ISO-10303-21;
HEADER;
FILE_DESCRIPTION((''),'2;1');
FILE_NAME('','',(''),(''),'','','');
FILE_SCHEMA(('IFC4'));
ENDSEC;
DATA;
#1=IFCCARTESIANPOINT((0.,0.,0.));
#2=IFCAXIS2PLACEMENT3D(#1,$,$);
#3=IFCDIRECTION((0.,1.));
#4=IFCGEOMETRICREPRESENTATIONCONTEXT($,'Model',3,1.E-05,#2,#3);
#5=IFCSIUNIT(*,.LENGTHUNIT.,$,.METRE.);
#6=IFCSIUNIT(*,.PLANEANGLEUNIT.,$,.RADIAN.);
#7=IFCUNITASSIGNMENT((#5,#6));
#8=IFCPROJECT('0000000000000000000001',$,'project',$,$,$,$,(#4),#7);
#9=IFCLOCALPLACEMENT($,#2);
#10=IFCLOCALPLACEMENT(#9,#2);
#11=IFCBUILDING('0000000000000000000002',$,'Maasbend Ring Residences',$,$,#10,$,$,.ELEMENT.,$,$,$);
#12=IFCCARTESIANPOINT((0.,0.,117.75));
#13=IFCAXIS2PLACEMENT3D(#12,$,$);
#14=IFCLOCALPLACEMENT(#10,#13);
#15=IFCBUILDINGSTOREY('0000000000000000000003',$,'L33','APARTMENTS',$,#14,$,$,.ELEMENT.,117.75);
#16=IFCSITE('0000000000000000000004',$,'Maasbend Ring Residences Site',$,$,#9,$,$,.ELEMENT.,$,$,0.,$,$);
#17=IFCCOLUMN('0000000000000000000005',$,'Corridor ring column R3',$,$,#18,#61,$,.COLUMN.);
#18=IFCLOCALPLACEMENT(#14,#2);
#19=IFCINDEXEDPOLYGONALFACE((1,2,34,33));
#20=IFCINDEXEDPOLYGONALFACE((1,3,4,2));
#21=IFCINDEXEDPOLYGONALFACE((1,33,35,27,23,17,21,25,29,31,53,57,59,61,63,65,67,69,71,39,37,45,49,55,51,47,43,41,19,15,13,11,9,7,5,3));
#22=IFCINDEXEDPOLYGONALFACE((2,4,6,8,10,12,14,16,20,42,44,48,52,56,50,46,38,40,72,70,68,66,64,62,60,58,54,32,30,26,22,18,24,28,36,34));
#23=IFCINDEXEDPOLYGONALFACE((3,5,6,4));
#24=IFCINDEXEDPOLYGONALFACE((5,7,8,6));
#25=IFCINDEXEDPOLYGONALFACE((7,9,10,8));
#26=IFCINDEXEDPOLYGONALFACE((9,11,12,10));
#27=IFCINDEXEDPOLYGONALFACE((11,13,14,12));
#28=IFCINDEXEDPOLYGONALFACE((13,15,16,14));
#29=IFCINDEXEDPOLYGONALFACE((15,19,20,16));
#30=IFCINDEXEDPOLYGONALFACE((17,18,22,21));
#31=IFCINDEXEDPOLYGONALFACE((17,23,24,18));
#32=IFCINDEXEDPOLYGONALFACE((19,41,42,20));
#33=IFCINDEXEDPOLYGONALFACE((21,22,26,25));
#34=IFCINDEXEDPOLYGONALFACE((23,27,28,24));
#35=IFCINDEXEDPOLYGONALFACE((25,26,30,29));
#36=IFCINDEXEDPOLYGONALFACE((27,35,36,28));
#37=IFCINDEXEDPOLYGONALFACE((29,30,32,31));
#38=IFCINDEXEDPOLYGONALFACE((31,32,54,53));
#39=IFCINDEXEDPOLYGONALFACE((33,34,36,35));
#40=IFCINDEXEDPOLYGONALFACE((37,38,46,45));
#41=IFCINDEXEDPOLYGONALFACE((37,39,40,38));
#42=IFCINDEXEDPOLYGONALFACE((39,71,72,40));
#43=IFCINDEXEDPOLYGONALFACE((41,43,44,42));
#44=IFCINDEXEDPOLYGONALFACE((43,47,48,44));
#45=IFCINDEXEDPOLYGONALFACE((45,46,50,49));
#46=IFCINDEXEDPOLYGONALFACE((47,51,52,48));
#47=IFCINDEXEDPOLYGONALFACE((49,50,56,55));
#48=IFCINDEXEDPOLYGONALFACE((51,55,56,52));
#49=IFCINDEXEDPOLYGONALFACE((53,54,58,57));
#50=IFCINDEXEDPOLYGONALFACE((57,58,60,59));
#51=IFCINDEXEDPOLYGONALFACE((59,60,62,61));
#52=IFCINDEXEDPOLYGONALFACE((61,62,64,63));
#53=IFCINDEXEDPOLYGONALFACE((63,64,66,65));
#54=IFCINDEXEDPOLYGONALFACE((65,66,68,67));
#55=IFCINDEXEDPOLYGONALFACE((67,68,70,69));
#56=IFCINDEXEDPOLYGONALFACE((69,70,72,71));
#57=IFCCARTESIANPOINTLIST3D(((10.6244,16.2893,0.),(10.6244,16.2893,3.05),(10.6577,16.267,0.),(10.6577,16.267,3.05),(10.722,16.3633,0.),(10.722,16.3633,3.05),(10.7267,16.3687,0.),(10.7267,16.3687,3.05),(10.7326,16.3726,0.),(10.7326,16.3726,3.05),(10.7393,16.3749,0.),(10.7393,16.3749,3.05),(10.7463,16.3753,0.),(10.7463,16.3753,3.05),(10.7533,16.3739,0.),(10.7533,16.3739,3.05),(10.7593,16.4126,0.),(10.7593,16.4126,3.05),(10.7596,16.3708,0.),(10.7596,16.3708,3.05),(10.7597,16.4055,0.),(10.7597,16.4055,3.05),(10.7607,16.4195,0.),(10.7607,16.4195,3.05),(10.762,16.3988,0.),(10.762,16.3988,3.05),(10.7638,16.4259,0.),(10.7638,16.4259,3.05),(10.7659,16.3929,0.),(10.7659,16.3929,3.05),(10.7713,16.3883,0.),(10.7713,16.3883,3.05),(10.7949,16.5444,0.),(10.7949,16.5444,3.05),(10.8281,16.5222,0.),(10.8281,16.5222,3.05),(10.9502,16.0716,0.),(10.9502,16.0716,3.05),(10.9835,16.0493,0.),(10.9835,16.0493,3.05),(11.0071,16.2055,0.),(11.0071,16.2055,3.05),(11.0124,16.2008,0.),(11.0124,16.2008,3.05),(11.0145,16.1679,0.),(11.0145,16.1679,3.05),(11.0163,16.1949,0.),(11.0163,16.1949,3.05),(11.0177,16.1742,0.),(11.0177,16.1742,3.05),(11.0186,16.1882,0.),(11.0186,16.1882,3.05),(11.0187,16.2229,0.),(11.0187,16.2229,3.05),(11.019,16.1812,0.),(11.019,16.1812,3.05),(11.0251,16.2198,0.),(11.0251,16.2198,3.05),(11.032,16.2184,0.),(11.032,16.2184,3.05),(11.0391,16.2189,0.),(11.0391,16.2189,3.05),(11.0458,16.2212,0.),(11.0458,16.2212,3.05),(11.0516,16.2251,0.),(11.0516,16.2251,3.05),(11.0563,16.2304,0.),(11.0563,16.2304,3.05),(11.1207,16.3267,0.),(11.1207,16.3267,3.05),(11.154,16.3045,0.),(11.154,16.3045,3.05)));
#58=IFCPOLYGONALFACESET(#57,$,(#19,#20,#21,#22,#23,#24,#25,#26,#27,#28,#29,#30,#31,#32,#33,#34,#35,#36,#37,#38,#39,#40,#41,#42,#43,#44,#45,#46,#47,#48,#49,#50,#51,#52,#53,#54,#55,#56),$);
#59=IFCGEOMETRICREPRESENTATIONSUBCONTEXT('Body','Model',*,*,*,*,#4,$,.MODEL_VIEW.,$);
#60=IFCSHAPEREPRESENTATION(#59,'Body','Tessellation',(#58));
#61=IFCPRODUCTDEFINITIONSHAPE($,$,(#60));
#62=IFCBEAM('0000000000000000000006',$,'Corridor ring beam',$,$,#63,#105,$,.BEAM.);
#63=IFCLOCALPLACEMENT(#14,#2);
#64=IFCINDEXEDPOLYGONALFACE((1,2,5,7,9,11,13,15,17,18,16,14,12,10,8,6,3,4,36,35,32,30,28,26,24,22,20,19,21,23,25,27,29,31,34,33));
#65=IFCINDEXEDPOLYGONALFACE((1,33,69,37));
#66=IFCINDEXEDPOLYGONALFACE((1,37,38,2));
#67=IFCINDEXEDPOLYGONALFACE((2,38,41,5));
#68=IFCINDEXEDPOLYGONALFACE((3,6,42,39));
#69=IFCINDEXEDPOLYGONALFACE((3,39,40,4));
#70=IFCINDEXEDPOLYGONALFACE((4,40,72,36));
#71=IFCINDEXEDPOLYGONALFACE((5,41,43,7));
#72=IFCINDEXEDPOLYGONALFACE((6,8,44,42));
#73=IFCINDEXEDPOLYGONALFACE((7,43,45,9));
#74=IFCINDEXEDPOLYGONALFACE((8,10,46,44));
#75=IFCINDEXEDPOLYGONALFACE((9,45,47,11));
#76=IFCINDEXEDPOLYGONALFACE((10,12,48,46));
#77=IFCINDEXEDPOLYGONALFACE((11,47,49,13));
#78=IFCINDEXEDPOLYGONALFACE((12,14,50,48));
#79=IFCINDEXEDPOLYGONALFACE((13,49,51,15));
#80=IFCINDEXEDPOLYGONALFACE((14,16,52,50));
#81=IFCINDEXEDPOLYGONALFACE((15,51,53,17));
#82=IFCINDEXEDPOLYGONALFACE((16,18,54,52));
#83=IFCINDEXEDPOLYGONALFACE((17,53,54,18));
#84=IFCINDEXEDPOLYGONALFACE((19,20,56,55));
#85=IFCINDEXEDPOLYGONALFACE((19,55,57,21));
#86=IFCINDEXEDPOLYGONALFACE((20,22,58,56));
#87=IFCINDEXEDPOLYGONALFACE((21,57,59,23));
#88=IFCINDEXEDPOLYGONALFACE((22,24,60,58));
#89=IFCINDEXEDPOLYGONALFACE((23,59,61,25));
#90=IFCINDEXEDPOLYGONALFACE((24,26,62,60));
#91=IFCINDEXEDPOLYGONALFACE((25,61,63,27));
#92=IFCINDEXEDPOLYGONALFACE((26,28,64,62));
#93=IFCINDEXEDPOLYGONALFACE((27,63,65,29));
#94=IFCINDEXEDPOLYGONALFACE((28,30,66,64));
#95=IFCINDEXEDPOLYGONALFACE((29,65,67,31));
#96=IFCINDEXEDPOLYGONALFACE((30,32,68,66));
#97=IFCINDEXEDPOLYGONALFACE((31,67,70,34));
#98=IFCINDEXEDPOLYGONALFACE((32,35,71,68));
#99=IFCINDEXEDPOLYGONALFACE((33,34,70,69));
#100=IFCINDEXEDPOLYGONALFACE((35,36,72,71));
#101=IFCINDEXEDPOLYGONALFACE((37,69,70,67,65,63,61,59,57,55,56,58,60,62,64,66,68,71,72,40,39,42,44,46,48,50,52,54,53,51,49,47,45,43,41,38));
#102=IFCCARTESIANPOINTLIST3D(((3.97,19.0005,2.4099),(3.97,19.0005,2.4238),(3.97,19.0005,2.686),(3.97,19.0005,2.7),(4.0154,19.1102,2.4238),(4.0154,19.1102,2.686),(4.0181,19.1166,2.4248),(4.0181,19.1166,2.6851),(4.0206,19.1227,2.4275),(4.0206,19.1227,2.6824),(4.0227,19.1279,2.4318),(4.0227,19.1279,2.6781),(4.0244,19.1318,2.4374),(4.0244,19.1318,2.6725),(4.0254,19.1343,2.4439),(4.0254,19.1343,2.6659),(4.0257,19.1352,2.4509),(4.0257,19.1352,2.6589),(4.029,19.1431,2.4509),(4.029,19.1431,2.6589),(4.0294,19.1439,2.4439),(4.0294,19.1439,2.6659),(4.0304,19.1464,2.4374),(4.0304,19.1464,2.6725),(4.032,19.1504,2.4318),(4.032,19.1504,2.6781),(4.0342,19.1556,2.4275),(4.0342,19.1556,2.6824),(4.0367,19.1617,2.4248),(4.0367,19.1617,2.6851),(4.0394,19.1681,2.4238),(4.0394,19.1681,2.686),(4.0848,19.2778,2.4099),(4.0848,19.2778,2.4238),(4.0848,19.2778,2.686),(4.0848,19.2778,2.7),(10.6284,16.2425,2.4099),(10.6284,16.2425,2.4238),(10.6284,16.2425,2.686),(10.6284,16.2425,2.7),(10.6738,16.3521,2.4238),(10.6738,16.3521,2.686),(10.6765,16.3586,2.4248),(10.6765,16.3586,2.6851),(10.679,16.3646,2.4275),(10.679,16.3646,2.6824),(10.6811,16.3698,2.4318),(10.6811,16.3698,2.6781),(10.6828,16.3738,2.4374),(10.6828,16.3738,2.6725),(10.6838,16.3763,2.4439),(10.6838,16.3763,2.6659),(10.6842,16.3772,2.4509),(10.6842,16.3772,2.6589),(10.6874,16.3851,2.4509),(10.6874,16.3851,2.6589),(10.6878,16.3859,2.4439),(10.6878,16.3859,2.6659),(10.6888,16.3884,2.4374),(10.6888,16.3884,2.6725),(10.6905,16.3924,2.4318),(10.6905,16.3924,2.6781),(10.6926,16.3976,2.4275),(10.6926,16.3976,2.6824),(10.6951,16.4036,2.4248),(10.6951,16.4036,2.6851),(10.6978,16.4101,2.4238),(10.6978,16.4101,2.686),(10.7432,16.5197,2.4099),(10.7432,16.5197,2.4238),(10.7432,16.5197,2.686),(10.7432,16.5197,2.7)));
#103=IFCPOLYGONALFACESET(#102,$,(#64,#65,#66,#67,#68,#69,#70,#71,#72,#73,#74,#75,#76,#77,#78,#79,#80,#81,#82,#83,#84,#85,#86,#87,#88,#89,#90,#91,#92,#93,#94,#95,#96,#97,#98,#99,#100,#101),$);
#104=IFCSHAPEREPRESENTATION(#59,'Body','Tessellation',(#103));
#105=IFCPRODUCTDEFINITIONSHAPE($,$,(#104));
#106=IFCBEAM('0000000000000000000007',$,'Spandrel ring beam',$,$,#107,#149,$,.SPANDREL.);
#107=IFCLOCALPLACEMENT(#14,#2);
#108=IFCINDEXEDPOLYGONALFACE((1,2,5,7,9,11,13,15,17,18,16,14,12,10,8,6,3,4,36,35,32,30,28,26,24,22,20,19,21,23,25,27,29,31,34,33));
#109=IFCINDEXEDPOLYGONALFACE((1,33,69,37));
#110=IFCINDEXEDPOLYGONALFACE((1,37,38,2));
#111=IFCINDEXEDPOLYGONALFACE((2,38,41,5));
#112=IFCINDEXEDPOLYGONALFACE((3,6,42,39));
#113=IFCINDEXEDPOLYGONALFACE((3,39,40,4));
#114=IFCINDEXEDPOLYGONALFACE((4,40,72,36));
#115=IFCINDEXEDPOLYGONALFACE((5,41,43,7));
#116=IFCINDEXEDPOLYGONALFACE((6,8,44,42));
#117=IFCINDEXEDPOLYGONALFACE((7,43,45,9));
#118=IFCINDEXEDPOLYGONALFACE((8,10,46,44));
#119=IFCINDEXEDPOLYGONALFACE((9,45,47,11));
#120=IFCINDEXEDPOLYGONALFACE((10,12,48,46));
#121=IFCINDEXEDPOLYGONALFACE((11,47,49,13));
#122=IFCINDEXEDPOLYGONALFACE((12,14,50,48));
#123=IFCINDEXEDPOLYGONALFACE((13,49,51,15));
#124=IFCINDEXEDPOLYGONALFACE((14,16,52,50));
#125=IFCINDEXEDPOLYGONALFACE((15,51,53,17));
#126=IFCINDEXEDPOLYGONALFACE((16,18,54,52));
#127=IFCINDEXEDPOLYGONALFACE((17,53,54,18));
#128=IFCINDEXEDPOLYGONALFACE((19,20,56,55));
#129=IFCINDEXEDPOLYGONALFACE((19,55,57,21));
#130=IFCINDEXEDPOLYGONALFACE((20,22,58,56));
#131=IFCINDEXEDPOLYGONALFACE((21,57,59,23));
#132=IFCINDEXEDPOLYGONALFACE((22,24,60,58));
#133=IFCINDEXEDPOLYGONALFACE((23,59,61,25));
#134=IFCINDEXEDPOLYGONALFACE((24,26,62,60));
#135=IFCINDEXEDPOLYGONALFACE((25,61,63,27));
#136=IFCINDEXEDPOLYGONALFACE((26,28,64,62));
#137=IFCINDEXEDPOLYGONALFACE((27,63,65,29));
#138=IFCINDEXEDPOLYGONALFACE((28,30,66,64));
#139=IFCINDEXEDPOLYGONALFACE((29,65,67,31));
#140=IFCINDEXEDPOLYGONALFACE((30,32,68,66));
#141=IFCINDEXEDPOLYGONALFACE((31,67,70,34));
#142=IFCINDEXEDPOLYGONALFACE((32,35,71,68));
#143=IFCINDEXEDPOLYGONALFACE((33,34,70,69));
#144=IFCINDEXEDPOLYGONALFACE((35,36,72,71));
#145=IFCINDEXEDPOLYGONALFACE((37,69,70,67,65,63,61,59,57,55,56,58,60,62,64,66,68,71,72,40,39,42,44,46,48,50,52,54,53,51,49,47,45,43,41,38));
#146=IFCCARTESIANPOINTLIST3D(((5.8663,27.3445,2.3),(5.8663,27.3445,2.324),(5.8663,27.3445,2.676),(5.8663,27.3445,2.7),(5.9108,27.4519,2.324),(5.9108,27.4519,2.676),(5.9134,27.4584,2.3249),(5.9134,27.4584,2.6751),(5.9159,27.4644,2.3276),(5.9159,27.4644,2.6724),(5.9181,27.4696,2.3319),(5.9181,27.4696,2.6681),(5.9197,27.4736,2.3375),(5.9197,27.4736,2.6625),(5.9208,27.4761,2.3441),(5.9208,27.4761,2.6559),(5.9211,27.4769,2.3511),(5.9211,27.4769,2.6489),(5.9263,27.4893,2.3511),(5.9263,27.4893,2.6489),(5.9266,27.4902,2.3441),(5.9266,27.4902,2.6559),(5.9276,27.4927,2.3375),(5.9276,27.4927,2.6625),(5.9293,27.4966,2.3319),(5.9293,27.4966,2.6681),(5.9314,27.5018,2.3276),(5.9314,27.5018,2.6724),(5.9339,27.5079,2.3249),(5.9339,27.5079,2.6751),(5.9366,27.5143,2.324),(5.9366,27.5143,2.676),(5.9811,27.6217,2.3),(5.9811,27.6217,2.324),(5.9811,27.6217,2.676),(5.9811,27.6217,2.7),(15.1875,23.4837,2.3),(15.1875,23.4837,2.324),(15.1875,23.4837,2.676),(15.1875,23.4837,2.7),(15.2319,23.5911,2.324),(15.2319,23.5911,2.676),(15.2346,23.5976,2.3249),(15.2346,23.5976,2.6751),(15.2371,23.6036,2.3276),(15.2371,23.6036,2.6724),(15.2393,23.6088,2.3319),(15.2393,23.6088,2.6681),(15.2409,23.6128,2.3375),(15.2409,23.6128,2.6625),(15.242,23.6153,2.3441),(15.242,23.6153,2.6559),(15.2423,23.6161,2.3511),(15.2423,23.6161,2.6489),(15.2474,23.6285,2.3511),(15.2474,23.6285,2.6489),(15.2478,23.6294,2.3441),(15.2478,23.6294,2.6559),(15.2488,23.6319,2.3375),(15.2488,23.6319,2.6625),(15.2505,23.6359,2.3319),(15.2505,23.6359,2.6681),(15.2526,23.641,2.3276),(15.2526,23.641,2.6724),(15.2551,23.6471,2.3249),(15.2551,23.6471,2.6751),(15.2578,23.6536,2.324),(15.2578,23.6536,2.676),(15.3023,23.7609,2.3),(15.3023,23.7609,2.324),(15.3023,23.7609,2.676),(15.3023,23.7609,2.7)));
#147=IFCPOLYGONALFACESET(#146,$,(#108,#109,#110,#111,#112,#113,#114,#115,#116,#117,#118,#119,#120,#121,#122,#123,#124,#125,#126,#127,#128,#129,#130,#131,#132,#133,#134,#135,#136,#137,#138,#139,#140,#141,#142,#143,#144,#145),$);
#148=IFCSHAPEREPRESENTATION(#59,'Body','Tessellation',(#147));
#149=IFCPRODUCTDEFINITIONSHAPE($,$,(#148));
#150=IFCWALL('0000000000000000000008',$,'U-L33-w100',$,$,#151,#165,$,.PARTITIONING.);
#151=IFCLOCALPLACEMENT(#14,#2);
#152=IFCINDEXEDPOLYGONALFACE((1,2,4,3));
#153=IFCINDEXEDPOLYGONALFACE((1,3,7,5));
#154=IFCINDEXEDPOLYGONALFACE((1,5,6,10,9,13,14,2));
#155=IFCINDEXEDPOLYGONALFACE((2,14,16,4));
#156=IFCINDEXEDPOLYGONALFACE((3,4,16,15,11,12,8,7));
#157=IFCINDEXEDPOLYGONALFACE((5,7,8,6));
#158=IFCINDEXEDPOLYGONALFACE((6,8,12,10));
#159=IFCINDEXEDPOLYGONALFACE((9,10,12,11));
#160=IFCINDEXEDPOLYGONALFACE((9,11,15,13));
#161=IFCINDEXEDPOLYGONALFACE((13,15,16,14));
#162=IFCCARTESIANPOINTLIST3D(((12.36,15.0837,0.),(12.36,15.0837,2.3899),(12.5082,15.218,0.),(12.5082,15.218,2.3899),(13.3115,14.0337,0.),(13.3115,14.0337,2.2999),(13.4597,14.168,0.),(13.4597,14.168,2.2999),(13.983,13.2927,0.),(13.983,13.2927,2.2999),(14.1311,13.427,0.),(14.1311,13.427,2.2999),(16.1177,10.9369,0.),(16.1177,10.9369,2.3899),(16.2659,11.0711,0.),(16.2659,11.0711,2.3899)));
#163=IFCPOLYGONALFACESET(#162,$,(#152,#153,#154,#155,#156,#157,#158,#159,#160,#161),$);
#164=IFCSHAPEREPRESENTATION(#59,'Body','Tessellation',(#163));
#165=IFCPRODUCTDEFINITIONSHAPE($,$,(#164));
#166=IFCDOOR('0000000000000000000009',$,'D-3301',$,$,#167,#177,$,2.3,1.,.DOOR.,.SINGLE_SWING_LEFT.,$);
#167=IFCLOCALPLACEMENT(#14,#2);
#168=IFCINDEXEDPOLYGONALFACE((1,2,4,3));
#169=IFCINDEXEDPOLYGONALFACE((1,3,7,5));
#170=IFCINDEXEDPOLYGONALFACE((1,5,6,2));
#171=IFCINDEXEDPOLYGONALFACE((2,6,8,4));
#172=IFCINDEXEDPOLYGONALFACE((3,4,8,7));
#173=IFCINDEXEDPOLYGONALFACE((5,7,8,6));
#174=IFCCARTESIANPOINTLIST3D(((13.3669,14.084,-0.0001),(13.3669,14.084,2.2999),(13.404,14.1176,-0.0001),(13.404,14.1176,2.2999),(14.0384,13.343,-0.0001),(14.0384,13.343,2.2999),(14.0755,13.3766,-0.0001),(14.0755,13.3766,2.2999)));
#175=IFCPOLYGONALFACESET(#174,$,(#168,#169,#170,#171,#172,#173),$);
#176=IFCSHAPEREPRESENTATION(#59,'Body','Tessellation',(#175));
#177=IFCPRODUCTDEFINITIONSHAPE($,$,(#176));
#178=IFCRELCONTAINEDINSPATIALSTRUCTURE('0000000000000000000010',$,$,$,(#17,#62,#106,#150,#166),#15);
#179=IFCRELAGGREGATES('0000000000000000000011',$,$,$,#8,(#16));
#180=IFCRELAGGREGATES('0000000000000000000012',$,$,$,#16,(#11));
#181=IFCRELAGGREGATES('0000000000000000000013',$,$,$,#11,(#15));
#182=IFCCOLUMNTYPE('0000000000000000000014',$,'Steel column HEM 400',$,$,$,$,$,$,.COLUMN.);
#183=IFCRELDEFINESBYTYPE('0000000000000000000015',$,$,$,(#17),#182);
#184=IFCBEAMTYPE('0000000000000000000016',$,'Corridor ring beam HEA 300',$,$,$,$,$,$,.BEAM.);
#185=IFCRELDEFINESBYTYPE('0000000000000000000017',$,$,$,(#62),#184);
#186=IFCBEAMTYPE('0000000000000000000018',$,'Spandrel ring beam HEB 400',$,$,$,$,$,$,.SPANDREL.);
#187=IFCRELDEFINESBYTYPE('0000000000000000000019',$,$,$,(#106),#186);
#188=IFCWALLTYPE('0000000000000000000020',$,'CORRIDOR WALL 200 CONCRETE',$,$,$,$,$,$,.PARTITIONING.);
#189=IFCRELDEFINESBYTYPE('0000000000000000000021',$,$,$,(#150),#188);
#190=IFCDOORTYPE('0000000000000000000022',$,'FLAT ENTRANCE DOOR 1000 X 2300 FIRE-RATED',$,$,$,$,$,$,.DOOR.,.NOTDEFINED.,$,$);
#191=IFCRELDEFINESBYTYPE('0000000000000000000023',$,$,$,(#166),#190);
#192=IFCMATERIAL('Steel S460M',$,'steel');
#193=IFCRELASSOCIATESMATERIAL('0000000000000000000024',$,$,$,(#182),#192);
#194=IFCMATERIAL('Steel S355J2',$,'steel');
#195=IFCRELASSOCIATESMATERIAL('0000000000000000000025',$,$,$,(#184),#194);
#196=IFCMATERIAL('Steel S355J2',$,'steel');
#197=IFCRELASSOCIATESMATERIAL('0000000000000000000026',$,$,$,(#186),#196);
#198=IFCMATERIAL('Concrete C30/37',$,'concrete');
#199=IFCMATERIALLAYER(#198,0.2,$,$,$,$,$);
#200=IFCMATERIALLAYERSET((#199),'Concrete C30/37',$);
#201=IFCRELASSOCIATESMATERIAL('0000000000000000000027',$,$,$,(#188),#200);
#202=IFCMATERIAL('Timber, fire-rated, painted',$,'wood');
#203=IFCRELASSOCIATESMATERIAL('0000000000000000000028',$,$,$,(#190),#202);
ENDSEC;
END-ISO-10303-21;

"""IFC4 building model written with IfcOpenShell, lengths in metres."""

from ifc_helpers import new_model, si_unit, direction, frame, frame_2d, origin, origin_2d, place, context, subcontext, project, spatial, rectangle, i_section, extrude, material, layer, layer_set, material_profile, profile_set, type_object, element, fill, save


model = new_model("IFC4")

# Units and contexts
model_context = context("Model", 3, precision=1e-05, world=origin(), true_north=direction((0.0, 1.0)))
body_context = subcontext(model_context, "Body", "Model", "MODEL_VIEW")
ifc_project = project(units=[si_unit("LENGTHUNIT", "METRE"), si_unit("PLANEANGLEUNIT", "RADIAN")], contexts=[model_context])

# Site, building, storey
site_placement = place(None, origin())
site = spatial("IfcSite", under=ifc_project, at=site_placement, Name="Maasbend Ring Residences Site", CompositionType="ELEMENT", RefElevation=0.0)
building_placement = place(site_placement, origin())
building = spatial("IfcBuilding", under=site, at=building_placement, Name="Maasbend Ring Residences", CompositionType="ELEMENT")
storey_placement = place(building_placement, frame((0.0, 0.0, 117.75)))
storey = spatial("IfcBuildingStorey", under=building, at=storey_placement, Name="L33", Description="APARTMENTS", CompositionType="ELEMENT", Elevation=117.75)

# Column
ifc_material_1 = material(Name="Steel S460M", Category="steel")
ifc_material_profile_1 = material_profile(ifc_material_1, i_section(OverallWidth=0.3069, OverallDepth=0.4319, WebThickness=0.021, FlangeThickness=0.04, FilletRadius=0.0271, at=origin_2d()), Name="HEM 400")
ifc_profile_set_1 = profile_set([ifc_material_profile_1], Name="Steel S460M")
column_type = type_object("IfcColumnType", Name="Steel column HEM 400", PredefinedType="COLUMN", material=ifc_profile_set_1)
column_placement = place(storey_placement, frame((10.8892, 16.2969, 0.0), z_axis=(0.0, 0.0, 1.0), x_axis=(0.55557, 0.83147, 0.0)))
element("IfcColumn", 1, at=column_placement, inside=storey, type_object=column_type, Name="Corridor ring column R3", PredefinedType="COLUMN", context=body_context, shape_type="SweptSolid", body=[
    extrude(i_section(OverallWidth=0.3069, OverallDepth=0.4319, WebThickness=0.021, FlangeThickness=0.04, FilletRadius=0.0271, at=origin_2d()), origin(), (0.0, 0.0, 1.0), 3.05),
])

# Beams
ifc_material_2 = material(Name="Steel S355J2", Category="steel")
ifc_material_profile_2 = material_profile(ifc_material_2, i_section(OverallWidth=0.3, OverallDepth=0.29, WebThickness=0.0085, FlangeThickness=0.0139, FilletRadius=0.0271, at=origin_2d()), Name="HEA 300")
ifc_profile_set_2 = profile_set([ifc_material_profile_2], Name="Steel S355J2")
beam_type_1 = type_object("IfcBeamType", Name="Corridor ring beam HEA 300", PredefinedType="BEAM", material=ifc_profile_set_2)
beam_1_placement = place(storey_placement, frame((10.6858, 16.3811, 2.5549), z_axis=(-0.923878, 0.382688, 0.0), x_axis=(-0.382688, -0.923878, 0.0)))
element("IfcBeam", 2, at=beam_1_placement, inside=storey, type_object=beam_type_1, Name="Corridor ring beam", PredefinedType="BEAM", context=body_context, shape_type="SweptSolid", body=[
    extrude(i_section(OverallWidth=0.3, OverallDepth=0.29, WebThickness=0.0085, FlangeThickness=0.0139, FilletRadius=0.0271, at=origin_2d()), origin(), (0.0, 0.0, 1.0), 7.207),
])
ifc_material_3 = material(Name="Steel S355J2", Category="steel")
ifc_material_profile_3 = material_profile(ifc_material_3, i_section(OverallWidth=0.3, OverallDepth=0.3999, WebThickness=0.0134, FlangeThickness=0.0239, FilletRadius=0.0271, at=origin_2d()), Name="HEB 400")
ifc_profile_set_3 = profile_set([ifc_material_profile_3], Name="Steel S355J2")
beam_type_2 = type_object("IfcBeamType", Name="Spandrel ring beam HEB 400", PredefinedType="SPANDREL", material=ifc_profile_set_3)
beam_2_placement = place(storey_placement, frame((15.2449, 23.6223, 2.5), z_axis=(-0.923885, 0.38267, 0.0), x_axis=(-0.38267, -0.923885, 0.0)))
element("IfcBeam", 3, at=beam_2_placement, inside=storey, type_object=beam_type_2, Name="Spandrel ring beam", PredefinedType="SPANDREL", context=body_context, shape_type="SweptSolid", body=[
    extrude(i_section(OverallWidth=0.3, OverallDepth=0.3999, WebThickness=0.0134, FlangeThickness=0.0239, FilletRadius=0.0271, at=origin_2d()), origin(), (0.0, 0.0, 1.0), 10.0891),
])

# Wall, opening, door
ifc_material_4 = material(Name="Concrete C30/37", Category="concrete")
ifc_layer_1 = layer(ifc_material_4, 0.2)
ifc_layer_set_1 = layer_set([ifc_layer_1], Name="Concrete C30/37")
wall_type_1 = type_object("IfcWallType", Name="CORRIDOR WALL 200 CONCRETE", PredefinedType="PARTITIONING", material=ifc_layer_set_1)
wall_1_placement = place(storey_placement, frame((12.4341, 15.1509, 0.0), z_axis=(0.0, 0.0, 1.0), x_axis=(0.671482, -0.741021, 0.0)))
wall_1 = element("IfcWall", 4, at=wall_1_placement, inside=storey, type_object=wall_type_1, Name="U-L33-w100", PredefinedType="PARTITIONING", context=body_context, shape_type="SweptSolid", body=[
    extrude(rectangle(XDim=5.5962, YDim=0.2, at=frame_2d((2.7981, 0.0))), origin(), (0.0, 0.0, 1.0), 2.3899),
])
opening_1_placement = place(wall_1_placement, frame((1.417, 0.0, 0.0)))
opening_1 = element("IfcOpeningElement", 5, at=opening_1_placement, cuts=wall_1, PredefinedType="OPENING", context=body_context, shape_type="SweptSolid", body=[
    extrude(rectangle(XDim=1.0, YDim=2.3, at=frame_2d((0.5, 1.1499))), frame((0.0, 0.1099, 0.0), z_axis=(0.0, -1.0, 0.0), x_axis=(1.0, 0.0, 0.0)), (0.0, 0.0, 1.0), 0.22),
])
ifc_material_5 = material(Name="Timber, fire-rated, painted", Category="wood")
door_type_1 = type_object("IfcDoorType", Name="FLAT ENTRANCE DOOR 1000 X 2300 FIRE-RATED", OperationType="NOTDEFINED", PredefinedType="DOOR", material=ifc_material_5)
door_1_placement = place(opening_1_placement, origin())
door_1 = element("IfcDoor", 6, at=door_1_placement, inside=storey, type_object=door_type_1, Name="D-3301", OperationType="SINGLE_SWING_LEFT", OverallHeight=2.3, OverallWidth=1.0, PredefinedType="DOOR", context=body_context, shape_type="SweptSolid", body=[
    extrude(rectangle(XDim=1.0, YDim=2.3, at=frame_2d((0.5, 1.1499))), frame((0.0, 0.0249, 0.0), z_axis=(0.0, -1.0, 0.0), x_axis=(1.0, 0.0, 0.0)), (0.0, 0.0, 1.0), 0.05),
])
fill(opening_1, door_1)

save(model, "model.ifc")
